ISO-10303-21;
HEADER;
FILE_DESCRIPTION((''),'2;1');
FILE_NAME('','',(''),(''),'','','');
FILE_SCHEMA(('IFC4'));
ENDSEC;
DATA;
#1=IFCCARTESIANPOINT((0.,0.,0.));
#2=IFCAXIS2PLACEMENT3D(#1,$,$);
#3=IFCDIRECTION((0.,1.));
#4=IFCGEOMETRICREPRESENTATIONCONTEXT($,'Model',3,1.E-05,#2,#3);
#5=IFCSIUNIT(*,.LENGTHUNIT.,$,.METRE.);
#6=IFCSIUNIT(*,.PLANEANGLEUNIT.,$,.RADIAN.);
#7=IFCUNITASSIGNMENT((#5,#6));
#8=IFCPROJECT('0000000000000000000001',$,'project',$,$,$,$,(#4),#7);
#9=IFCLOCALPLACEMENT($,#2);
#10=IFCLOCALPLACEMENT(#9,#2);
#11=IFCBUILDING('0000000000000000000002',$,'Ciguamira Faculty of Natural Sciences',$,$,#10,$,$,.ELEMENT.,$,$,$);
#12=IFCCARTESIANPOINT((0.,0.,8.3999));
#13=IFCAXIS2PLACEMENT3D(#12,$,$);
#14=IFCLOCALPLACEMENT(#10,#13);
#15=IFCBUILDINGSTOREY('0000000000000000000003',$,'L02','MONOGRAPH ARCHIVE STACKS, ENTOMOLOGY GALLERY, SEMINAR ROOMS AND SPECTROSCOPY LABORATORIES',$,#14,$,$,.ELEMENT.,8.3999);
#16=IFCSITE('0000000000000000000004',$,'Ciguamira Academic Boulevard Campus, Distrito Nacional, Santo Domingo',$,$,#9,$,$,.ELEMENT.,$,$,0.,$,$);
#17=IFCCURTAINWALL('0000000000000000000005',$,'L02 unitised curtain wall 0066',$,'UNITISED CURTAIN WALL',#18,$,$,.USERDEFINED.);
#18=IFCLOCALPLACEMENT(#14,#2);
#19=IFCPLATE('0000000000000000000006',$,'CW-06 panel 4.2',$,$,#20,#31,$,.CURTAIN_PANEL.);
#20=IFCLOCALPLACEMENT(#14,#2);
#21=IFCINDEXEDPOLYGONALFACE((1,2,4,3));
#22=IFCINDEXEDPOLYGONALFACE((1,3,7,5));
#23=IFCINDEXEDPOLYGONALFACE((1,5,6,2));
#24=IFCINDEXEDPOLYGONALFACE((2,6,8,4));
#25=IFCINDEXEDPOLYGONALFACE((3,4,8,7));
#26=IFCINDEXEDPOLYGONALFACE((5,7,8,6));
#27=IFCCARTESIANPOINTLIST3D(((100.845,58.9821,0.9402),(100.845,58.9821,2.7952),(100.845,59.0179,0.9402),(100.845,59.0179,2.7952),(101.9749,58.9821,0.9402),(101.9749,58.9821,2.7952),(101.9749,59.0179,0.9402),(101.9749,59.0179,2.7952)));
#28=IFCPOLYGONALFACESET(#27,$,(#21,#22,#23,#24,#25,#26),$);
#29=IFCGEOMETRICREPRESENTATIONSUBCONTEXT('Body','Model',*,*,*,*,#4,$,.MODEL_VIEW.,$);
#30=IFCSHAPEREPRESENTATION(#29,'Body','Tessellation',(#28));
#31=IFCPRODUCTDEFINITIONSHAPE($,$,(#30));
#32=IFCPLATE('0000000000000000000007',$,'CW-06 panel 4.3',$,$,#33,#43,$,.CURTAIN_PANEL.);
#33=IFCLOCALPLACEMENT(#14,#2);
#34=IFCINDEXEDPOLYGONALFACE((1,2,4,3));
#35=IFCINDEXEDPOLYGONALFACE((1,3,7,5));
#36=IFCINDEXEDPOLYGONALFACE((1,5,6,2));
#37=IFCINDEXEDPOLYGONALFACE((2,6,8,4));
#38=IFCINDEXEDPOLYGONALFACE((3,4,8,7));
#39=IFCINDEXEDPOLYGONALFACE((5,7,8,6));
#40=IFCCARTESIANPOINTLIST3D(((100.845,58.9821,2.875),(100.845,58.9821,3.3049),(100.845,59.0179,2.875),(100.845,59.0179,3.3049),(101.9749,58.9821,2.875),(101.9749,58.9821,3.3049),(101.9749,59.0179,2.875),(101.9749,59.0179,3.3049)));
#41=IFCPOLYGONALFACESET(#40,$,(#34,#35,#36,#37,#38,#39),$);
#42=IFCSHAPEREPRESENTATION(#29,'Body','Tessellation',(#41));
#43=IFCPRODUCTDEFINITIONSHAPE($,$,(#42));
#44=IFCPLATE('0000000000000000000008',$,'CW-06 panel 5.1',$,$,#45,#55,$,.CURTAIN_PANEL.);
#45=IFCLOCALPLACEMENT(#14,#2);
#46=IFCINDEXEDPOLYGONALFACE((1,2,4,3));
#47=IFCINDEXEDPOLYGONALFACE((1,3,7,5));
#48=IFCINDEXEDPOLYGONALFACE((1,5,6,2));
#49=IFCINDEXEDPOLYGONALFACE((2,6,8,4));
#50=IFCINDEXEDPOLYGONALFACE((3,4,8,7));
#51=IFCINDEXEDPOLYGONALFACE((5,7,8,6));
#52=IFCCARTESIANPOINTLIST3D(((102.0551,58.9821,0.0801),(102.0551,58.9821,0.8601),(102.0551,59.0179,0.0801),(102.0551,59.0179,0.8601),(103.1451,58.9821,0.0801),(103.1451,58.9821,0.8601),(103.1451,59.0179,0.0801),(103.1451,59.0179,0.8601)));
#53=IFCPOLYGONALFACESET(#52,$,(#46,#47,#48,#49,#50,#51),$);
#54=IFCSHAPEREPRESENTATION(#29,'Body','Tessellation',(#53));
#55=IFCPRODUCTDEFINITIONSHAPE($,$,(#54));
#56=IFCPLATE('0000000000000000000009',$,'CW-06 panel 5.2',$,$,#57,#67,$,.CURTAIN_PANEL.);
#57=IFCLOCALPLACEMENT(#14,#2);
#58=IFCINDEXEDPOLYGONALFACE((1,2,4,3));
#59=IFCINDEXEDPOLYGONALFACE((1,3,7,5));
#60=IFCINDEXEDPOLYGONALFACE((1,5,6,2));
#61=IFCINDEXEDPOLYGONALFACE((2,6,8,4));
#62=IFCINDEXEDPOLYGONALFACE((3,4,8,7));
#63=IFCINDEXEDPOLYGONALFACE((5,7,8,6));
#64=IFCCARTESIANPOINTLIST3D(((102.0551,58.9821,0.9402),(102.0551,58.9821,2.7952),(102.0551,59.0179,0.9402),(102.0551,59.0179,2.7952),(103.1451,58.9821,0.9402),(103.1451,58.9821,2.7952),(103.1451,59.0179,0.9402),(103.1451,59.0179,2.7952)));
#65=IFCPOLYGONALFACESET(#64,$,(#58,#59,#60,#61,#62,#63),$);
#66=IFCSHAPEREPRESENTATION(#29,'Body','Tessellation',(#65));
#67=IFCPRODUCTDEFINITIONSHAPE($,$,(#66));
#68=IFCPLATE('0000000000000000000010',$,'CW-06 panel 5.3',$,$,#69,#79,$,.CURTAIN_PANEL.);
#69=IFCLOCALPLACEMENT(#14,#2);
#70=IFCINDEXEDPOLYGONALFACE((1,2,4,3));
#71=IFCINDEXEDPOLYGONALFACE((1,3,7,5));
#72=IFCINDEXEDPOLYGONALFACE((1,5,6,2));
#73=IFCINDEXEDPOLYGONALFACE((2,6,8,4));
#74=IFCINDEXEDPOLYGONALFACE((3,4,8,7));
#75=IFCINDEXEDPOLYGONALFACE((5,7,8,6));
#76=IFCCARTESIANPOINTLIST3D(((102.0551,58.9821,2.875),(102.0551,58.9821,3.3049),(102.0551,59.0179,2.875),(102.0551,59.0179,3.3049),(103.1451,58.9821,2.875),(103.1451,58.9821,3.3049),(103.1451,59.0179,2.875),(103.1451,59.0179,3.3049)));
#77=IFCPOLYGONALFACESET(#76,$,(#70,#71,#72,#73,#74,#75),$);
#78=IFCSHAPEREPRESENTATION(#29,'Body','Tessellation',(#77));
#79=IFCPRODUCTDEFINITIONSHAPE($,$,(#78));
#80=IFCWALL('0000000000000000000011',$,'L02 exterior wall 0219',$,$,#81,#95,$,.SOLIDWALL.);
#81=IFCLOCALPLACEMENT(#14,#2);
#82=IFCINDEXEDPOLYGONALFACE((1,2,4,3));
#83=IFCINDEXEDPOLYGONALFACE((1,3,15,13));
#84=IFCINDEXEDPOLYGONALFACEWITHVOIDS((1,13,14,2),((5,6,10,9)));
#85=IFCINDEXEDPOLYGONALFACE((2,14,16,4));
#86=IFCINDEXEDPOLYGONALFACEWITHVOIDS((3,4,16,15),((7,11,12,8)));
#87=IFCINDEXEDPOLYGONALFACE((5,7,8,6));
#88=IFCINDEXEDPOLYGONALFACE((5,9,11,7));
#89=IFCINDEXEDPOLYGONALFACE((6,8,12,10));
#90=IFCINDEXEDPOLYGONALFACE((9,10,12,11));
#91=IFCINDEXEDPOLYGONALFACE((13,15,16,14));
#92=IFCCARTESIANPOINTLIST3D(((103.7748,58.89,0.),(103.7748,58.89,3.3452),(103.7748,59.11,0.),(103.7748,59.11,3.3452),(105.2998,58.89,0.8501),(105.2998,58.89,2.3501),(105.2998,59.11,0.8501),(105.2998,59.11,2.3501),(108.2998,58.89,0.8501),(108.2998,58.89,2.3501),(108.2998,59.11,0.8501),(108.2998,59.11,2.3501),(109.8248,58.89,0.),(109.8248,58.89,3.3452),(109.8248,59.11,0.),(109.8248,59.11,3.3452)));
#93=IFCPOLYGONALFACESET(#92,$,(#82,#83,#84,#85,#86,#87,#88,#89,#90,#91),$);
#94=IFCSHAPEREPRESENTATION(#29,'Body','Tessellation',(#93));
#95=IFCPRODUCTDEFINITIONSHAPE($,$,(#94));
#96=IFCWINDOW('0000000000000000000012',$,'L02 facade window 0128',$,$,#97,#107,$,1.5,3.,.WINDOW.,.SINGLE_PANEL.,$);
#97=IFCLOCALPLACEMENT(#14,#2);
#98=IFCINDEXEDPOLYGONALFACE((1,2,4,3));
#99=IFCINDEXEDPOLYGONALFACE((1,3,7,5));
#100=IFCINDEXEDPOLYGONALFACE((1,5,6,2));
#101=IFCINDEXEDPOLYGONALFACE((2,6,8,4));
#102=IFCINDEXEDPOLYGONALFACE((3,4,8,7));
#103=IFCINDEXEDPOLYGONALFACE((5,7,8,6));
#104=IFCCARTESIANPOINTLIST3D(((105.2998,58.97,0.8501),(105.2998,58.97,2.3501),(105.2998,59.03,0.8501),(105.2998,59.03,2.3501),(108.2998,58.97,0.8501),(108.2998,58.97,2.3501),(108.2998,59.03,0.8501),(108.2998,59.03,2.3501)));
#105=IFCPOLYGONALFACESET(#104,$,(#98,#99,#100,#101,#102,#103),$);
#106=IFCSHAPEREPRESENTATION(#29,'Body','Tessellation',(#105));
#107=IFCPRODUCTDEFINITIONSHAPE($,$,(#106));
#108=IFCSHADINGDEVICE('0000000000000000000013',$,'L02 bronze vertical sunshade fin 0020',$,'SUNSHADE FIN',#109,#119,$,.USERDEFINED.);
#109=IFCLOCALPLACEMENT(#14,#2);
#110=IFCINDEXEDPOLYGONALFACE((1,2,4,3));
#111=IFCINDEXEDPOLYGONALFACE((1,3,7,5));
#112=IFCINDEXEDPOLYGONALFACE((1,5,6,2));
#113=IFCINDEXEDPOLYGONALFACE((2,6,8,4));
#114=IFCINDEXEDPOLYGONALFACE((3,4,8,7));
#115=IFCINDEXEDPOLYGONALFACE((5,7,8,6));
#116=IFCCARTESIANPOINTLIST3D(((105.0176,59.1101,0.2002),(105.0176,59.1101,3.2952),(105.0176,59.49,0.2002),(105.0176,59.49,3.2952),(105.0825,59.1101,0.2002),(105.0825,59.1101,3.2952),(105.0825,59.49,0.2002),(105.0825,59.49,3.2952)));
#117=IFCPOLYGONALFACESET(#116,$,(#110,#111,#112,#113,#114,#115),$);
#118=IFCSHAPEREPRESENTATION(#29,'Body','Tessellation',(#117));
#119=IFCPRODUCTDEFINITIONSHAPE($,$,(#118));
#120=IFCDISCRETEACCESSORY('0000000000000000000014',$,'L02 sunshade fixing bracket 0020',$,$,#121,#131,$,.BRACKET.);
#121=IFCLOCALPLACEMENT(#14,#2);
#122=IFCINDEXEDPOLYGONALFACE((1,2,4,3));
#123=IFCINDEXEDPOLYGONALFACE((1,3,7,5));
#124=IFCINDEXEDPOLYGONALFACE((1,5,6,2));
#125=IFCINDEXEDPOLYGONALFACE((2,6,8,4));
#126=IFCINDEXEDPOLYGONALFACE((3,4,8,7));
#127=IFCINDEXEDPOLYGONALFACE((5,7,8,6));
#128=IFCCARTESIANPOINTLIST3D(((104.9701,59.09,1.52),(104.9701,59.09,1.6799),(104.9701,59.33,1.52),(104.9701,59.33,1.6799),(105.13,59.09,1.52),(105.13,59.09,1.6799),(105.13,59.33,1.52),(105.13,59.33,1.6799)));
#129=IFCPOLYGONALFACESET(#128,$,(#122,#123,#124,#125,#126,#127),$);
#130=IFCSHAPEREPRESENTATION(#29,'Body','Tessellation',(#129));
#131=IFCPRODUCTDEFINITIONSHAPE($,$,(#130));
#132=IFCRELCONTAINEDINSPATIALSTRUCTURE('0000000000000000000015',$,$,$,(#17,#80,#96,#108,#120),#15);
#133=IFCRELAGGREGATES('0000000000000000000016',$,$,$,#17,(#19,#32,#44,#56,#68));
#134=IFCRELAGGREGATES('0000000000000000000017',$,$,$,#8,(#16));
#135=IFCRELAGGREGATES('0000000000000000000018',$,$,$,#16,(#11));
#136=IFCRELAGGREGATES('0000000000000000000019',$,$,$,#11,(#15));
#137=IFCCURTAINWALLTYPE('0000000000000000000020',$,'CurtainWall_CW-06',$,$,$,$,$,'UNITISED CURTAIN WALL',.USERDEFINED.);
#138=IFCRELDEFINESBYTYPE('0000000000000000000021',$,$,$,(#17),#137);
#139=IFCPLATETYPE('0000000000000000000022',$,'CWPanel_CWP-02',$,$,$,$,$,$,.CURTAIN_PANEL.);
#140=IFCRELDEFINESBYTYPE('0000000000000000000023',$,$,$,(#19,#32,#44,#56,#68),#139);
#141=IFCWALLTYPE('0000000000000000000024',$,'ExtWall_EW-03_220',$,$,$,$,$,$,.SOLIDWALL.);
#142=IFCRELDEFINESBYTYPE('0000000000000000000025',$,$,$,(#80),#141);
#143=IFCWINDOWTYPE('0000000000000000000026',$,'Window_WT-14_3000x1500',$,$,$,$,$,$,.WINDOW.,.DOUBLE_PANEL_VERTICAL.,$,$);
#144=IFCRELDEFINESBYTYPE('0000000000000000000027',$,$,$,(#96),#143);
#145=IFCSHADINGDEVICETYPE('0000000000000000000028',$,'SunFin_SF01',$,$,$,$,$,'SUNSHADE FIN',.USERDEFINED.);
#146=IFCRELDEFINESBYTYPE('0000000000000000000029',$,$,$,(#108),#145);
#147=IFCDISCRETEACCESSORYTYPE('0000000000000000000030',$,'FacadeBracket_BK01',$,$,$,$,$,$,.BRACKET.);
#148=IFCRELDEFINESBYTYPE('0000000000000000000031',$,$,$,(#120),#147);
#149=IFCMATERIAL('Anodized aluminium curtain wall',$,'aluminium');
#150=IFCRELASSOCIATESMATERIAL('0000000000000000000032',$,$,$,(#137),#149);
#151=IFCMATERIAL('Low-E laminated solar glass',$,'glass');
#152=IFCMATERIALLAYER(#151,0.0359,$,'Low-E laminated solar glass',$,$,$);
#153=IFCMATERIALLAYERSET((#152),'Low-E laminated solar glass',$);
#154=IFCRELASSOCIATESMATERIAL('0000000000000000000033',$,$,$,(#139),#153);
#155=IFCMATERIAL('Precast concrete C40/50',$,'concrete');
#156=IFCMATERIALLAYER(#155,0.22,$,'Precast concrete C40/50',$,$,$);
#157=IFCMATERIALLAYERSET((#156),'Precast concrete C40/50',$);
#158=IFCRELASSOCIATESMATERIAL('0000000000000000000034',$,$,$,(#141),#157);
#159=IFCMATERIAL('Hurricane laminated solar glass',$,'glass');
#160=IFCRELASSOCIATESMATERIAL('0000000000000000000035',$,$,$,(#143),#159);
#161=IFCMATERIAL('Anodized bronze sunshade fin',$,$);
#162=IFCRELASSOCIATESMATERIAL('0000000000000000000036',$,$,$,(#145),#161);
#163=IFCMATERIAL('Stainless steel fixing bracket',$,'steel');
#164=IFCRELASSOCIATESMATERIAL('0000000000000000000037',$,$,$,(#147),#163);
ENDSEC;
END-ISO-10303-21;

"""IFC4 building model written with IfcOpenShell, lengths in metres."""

from ifc_helpers import new_model, si_unit, direction, frame, frame_2d, origin, origin_2d, place, context, subcontext, project, spatial, rectangle, extrude, material, layer, layer_set, material_profile, profile_set, type_object, element, fill, aggregate, save


model = new_model("IFC4")

# Units and contexts
model_context = context("Model", 3, precision=1e-05, world=origin(), true_north=direction((0.0, 1.0)))
body_context = subcontext(model_context, "Body", "Model", "MODEL_VIEW")
ifc_project = project(units=[si_unit("LENGTHUNIT", "METRE"), si_unit("PLANEANGLEUNIT", "RADIAN")], contexts=[model_context])

# Site, building, storey
site_placement = place(None, origin())
site = spatial("IfcSite", under=ifc_project, at=site_placement, Name="Ciguamira Academic Boulevard Campus, Distrito Nacional, Santo Domingo", CompositionType="ELEMENT", RefElevation=0.0)
building_placement = place(site_placement, origin())
building = spatial("IfcBuilding", under=site, at=building_placement, Name="Ciguamira Faculty of Natural Sciences", CompositionType="ELEMENT")
storey_placement = place(building_placement, frame((0.0, 0.0, 8.3999)))
storey = spatial("IfcBuildingStorey", under=building, at=storey_placement, Name="L02", Description="MONOGRAPH ARCHIVE STACKS, ENTOMOLOGY GALLERY, SEMINAR ROOMS AND SPECTROSCOPY LABORATORIES", CompositionType="ELEMENT", Elevation=8.3999)

# Curtain wall
ifc_material_1 = material(Name="Anodized aluminium curtain wall", Category="aluminium")
curtain_wall_type = type_object("IfcCurtainWallType", Name="CurtainWall_CW-06", ElementType="UNITISED CURTAIN WALL", PredefinedType="USERDEFINED", material=ifc_material_1)
curtain_wall_placement = place(storey_placement, origin())
curtain_wall = element("IfcCurtainWall", 1, at=curtain_wall_placement, inside=storey, type_object=curtain_wall_type, Name="L02 unitised curtain wall 0066", ObjectType="UNITISED CURTAIN WALL", PredefinedType="USERDEFINED")

# Plates
ifc_material_2 = material(Name="Low-E laminated solar glass", Category="glass")
ifc_layer_1 = layer(ifc_material_2, 0.0359, Name="Low-E laminated solar glass")
ifc_layer_set_1 = layer_set([ifc_layer_1], Name="Low-E laminated solar glass")
plate_type = type_object("IfcPlateType", Name="CWPanel_CWP-02", PredefinedType="CURTAIN_PANEL", material=ifc_layer_set_1)
plate_1_placement = place(storey_placement, frame((101.4099, 59.0, 0.9402), z_axis=(0.0, 0.0, 1.0), x_axis=(1.0, 0.0, 0.0)))
plate_1 = element("IfcPlate", 2, at=plate_1_placement, type_object=plate_type, Name="CW-06 panel 4.2", PredefinedType="CURTAIN_PANEL", context=body_context, shape_type="SweptSolid", body=[
    extrude(rectangle(XDim=1.1299, YDim=0.0359, at=origin_2d()), origin(), (0.0, 0.0, 1.0), 1.855),
])
plate_2_placement = place(storey_placement, frame((101.4099, 59.0, 2.875), z_axis=(0.0, 0.0, 1.0), x_axis=(1.0, 0.0, 0.0)))
plate_2 = element("IfcPlate", 3, at=plate_2_placement, type_object=plate_type, Name="CW-06 panel 4.3", PredefinedType="CURTAIN_PANEL", context=body_context, shape_type="SweptSolid", body=[
    extrude(rectangle(XDim=1.1299, YDim=0.0359, at=origin_2d()), origin(), (0.0, 0.0, 1.0), 0.4299),
])
plate_3_placement = place(storey_placement, frame((102.6001, 59.0, 0.0801), z_axis=(0.0, 0.0, 1.0), x_axis=(1.0, 0.0, 0.0)))
plate_3 = element("IfcPlate", 4, at=plate_3_placement, type_object=plate_type, Name="CW-06 panel 5.1", PredefinedType="CURTAIN_PANEL", context=body_context, shape_type="SweptSolid", body=[
    extrude(rectangle(XDim=1.0901, YDim=0.0359, at=origin_2d()), origin(), (0.0, 0.0, 1.0), 0.78),
])
plate_4_placement = place(storey_placement, frame((102.6001, 59.0, 0.9402), z_axis=(0.0, 0.0, 1.0), x_axis=(1.0, 0.0, 0.0)))
plate_4 = element("IfcPlate", 5, at=plate_4_placement, type_object=plate_type, Name="CW-06 panel 5.2", PredefinedType="CURTAIN_PANEL", context=body_context, shape_type="SweptSolid", body=[
    extrude(rectangle(XDim=1.0901, YDim=0.0359, at=origin_2d()), origin(), (0.0, 0.0, 1.0), 1.855),
])
plate_5_placement = place(storey_placement, frame((102.6001, 59.0, 2.875), z_axis=(0.0, 0.0, 1.0), x_axis=(1.0, 0.0, 0.0)))
plate_5 = element("IfcPlate", 6, at=plate_5_placement, type_object=plate_type, Name="CW-06 panel 5.3", PredefinedType="CURTAIN_PANEL", context=body_context, shape_type="SweptSolid", body=[
    extrude(rectangle(XDim=1.0901, YDim=0.0359, at=origin_2d()), origin(), (0.0, 0.0, 1.0), 0.4299),
])
aggregate(curtain_wall, [plate_1, plate_2, plate_3, plate_4, plate_5])

# Wall, opening, window
ifc_material_3 = material(Name="Precast concrete C40/50", Category="concrete")
ifc_layer_2 = layer(ifc_material_3, 0.22, Name="Precast concrete C40/50")
ifc_layer_set_2 = layer_set([ifc_layer_2], Name="Precast concrete C40/50")
wall_type = type_object("IfcWallType", Name="ExtWall_EW-03_220", PredefinedType="SOLIDWALL", material=ifc_layer_set_2)
wall_placement = place(storey_placement, frame((103.7749, 59.0, 0.0), z_axis=(0.0, 0.0, 1.0), x_axis=(1.0, 0.0, 0.0)))
wall = element("IfcWall", 7, at=wall_placement, inside=storey, type_object=wall_type, Name="L02 exterior wall 0219", PredefinedType="SOLIDWALL", context=body_context, shape_type="SweptSolid", body=[
    extrude(rectangle(XDim=6.05, YDim=0.22, at=frame_2d((3.0249, 0.0))), origin(), (0.0, 0.0, 1.0), 3.3452),
])
opening_placement = place(wall_placement, frame((1.5249, 0.0, 0.8501)))
opening = element("IfcOpeningElement", 8, at=opening_placement, cuts=wall, PredefinedType="OPENING", context=body_context, shape_type="SweptSolid", body=[
    extrude(rectangle(XDim=3.0, YDim=1.5, at=frame_2d((1.5, 0.75))), frame((0.0, 0.1199, 0.0), z_axis=(0.0, -1.0, 0.0), x_axis=(1.0, 0.0, 0.0)), (0.0, 0.0, 1.0), 0.24),
])
ifc_material_4 = material(Name="Hurricane laminated solar glass", Category="glass")
window_type = type_object("IfcWindowType", Name="Window_WT-14_3000x1500", PartitioningType="DOUBLE_PANEL_VERTICAL", PredefinedType="WINDOW", material=ifc_material_4)
window_placement = place(opening_placement, origin())
window = element("IfcWindow", 9, at=window_placement, inside=storey, type_object=window_type, Name="L02 facade window 0128", OverallHeight=1.5, OverallWidth=3.0, PartitioningType="SINGLE_PANEL", PredefinedType="WINDOW", context=body_context, shape_type="SweptSolid", body=[
    extrude(rectangle(XDim=3.0, YDim=1.5, at=frame_2d((1.5, 0.75))), frame((0.0, 0.03, 0.0), z_axis=(0.0, -1.0, 0.0), x_axis=(1.0, 0.0, 0.0)), (0.0, 0.0, 1.0), 0.0601),
])
fill(opening, window)

# Shading device
ifc_material_5 = material(Name="Anodized bronze sunshade fin")
ifc_material_profile_1 = material_profile(ifc_material_5, rectangle(XDim=0.0649, YDim=0.3799, at=origin_2d()), Name="BRZ-FIN-65X380")
ifc_profile_set_1 = profile_set([ifc_material_profile_1], Name="Anodized bronze sunshade fin")
shading_device_type = type_object("IfcShadingDeviceType", Name="SunFin_SF01", ElementType="SUNSHADE FIN", PredefinedType="USERDEFINED", material=ifc_profile_set_1)
shading_device_placement = place(storey_placement, frame((105.05, 59.3, 0.2002), z_axis=(0.0, 0.0, 1.0), x_axis=(1.0, 0.0, 0.0)))
element("IfcShadingDevice", 10, at=shading_device_placement, inside=storey, type_object=shading_device_type, Name="L02 bronze vertical sunshade fin 0020", ObjectType="SUNSHADE FIN", PredefinedType="USERDEFINED", context=body_context, shape_type="SweptSolid", body=[
    extrude(rectangle(XDim=0.0649, YDim=0.3799, at=origin_2d()), origin(), (0.0, 0.0, 1.0), 3.095),
])

# Discrete accessory
ifc_material_6 = material(Name="Stainless steel fixing bracket", Category="steel")
discrete_accessory_type = type_object("IfcDiscreteAccessoryType", Name="FacadeBracket_BK01", PredefinedType="BRACKET", material=ifc_material_6)
discrete_accessory_placement = place(storey_placement, frame((105.05, 59.21, 1.52), z_axis=(0.0, 0.0, 1.0), x_axis=(1.0, 0.0, 0.0)))
element("IfcDiscreteAccessory", 11, at=discrete_accessory_placement, inside=storey, type_object=discrete_accessory_type, Name="L02 sunshade fixing bracket 0020", PredefinedType="BRACKET", context=body_context, shape_type="SweptSolid", body=[
    extrude(rectangle(XDim=0.1599, YDim=0.24, at=origin_2d()), origin(), (0.0, 0.0, 1.0), 0.1599),
])

save(model, "model.ifc")
